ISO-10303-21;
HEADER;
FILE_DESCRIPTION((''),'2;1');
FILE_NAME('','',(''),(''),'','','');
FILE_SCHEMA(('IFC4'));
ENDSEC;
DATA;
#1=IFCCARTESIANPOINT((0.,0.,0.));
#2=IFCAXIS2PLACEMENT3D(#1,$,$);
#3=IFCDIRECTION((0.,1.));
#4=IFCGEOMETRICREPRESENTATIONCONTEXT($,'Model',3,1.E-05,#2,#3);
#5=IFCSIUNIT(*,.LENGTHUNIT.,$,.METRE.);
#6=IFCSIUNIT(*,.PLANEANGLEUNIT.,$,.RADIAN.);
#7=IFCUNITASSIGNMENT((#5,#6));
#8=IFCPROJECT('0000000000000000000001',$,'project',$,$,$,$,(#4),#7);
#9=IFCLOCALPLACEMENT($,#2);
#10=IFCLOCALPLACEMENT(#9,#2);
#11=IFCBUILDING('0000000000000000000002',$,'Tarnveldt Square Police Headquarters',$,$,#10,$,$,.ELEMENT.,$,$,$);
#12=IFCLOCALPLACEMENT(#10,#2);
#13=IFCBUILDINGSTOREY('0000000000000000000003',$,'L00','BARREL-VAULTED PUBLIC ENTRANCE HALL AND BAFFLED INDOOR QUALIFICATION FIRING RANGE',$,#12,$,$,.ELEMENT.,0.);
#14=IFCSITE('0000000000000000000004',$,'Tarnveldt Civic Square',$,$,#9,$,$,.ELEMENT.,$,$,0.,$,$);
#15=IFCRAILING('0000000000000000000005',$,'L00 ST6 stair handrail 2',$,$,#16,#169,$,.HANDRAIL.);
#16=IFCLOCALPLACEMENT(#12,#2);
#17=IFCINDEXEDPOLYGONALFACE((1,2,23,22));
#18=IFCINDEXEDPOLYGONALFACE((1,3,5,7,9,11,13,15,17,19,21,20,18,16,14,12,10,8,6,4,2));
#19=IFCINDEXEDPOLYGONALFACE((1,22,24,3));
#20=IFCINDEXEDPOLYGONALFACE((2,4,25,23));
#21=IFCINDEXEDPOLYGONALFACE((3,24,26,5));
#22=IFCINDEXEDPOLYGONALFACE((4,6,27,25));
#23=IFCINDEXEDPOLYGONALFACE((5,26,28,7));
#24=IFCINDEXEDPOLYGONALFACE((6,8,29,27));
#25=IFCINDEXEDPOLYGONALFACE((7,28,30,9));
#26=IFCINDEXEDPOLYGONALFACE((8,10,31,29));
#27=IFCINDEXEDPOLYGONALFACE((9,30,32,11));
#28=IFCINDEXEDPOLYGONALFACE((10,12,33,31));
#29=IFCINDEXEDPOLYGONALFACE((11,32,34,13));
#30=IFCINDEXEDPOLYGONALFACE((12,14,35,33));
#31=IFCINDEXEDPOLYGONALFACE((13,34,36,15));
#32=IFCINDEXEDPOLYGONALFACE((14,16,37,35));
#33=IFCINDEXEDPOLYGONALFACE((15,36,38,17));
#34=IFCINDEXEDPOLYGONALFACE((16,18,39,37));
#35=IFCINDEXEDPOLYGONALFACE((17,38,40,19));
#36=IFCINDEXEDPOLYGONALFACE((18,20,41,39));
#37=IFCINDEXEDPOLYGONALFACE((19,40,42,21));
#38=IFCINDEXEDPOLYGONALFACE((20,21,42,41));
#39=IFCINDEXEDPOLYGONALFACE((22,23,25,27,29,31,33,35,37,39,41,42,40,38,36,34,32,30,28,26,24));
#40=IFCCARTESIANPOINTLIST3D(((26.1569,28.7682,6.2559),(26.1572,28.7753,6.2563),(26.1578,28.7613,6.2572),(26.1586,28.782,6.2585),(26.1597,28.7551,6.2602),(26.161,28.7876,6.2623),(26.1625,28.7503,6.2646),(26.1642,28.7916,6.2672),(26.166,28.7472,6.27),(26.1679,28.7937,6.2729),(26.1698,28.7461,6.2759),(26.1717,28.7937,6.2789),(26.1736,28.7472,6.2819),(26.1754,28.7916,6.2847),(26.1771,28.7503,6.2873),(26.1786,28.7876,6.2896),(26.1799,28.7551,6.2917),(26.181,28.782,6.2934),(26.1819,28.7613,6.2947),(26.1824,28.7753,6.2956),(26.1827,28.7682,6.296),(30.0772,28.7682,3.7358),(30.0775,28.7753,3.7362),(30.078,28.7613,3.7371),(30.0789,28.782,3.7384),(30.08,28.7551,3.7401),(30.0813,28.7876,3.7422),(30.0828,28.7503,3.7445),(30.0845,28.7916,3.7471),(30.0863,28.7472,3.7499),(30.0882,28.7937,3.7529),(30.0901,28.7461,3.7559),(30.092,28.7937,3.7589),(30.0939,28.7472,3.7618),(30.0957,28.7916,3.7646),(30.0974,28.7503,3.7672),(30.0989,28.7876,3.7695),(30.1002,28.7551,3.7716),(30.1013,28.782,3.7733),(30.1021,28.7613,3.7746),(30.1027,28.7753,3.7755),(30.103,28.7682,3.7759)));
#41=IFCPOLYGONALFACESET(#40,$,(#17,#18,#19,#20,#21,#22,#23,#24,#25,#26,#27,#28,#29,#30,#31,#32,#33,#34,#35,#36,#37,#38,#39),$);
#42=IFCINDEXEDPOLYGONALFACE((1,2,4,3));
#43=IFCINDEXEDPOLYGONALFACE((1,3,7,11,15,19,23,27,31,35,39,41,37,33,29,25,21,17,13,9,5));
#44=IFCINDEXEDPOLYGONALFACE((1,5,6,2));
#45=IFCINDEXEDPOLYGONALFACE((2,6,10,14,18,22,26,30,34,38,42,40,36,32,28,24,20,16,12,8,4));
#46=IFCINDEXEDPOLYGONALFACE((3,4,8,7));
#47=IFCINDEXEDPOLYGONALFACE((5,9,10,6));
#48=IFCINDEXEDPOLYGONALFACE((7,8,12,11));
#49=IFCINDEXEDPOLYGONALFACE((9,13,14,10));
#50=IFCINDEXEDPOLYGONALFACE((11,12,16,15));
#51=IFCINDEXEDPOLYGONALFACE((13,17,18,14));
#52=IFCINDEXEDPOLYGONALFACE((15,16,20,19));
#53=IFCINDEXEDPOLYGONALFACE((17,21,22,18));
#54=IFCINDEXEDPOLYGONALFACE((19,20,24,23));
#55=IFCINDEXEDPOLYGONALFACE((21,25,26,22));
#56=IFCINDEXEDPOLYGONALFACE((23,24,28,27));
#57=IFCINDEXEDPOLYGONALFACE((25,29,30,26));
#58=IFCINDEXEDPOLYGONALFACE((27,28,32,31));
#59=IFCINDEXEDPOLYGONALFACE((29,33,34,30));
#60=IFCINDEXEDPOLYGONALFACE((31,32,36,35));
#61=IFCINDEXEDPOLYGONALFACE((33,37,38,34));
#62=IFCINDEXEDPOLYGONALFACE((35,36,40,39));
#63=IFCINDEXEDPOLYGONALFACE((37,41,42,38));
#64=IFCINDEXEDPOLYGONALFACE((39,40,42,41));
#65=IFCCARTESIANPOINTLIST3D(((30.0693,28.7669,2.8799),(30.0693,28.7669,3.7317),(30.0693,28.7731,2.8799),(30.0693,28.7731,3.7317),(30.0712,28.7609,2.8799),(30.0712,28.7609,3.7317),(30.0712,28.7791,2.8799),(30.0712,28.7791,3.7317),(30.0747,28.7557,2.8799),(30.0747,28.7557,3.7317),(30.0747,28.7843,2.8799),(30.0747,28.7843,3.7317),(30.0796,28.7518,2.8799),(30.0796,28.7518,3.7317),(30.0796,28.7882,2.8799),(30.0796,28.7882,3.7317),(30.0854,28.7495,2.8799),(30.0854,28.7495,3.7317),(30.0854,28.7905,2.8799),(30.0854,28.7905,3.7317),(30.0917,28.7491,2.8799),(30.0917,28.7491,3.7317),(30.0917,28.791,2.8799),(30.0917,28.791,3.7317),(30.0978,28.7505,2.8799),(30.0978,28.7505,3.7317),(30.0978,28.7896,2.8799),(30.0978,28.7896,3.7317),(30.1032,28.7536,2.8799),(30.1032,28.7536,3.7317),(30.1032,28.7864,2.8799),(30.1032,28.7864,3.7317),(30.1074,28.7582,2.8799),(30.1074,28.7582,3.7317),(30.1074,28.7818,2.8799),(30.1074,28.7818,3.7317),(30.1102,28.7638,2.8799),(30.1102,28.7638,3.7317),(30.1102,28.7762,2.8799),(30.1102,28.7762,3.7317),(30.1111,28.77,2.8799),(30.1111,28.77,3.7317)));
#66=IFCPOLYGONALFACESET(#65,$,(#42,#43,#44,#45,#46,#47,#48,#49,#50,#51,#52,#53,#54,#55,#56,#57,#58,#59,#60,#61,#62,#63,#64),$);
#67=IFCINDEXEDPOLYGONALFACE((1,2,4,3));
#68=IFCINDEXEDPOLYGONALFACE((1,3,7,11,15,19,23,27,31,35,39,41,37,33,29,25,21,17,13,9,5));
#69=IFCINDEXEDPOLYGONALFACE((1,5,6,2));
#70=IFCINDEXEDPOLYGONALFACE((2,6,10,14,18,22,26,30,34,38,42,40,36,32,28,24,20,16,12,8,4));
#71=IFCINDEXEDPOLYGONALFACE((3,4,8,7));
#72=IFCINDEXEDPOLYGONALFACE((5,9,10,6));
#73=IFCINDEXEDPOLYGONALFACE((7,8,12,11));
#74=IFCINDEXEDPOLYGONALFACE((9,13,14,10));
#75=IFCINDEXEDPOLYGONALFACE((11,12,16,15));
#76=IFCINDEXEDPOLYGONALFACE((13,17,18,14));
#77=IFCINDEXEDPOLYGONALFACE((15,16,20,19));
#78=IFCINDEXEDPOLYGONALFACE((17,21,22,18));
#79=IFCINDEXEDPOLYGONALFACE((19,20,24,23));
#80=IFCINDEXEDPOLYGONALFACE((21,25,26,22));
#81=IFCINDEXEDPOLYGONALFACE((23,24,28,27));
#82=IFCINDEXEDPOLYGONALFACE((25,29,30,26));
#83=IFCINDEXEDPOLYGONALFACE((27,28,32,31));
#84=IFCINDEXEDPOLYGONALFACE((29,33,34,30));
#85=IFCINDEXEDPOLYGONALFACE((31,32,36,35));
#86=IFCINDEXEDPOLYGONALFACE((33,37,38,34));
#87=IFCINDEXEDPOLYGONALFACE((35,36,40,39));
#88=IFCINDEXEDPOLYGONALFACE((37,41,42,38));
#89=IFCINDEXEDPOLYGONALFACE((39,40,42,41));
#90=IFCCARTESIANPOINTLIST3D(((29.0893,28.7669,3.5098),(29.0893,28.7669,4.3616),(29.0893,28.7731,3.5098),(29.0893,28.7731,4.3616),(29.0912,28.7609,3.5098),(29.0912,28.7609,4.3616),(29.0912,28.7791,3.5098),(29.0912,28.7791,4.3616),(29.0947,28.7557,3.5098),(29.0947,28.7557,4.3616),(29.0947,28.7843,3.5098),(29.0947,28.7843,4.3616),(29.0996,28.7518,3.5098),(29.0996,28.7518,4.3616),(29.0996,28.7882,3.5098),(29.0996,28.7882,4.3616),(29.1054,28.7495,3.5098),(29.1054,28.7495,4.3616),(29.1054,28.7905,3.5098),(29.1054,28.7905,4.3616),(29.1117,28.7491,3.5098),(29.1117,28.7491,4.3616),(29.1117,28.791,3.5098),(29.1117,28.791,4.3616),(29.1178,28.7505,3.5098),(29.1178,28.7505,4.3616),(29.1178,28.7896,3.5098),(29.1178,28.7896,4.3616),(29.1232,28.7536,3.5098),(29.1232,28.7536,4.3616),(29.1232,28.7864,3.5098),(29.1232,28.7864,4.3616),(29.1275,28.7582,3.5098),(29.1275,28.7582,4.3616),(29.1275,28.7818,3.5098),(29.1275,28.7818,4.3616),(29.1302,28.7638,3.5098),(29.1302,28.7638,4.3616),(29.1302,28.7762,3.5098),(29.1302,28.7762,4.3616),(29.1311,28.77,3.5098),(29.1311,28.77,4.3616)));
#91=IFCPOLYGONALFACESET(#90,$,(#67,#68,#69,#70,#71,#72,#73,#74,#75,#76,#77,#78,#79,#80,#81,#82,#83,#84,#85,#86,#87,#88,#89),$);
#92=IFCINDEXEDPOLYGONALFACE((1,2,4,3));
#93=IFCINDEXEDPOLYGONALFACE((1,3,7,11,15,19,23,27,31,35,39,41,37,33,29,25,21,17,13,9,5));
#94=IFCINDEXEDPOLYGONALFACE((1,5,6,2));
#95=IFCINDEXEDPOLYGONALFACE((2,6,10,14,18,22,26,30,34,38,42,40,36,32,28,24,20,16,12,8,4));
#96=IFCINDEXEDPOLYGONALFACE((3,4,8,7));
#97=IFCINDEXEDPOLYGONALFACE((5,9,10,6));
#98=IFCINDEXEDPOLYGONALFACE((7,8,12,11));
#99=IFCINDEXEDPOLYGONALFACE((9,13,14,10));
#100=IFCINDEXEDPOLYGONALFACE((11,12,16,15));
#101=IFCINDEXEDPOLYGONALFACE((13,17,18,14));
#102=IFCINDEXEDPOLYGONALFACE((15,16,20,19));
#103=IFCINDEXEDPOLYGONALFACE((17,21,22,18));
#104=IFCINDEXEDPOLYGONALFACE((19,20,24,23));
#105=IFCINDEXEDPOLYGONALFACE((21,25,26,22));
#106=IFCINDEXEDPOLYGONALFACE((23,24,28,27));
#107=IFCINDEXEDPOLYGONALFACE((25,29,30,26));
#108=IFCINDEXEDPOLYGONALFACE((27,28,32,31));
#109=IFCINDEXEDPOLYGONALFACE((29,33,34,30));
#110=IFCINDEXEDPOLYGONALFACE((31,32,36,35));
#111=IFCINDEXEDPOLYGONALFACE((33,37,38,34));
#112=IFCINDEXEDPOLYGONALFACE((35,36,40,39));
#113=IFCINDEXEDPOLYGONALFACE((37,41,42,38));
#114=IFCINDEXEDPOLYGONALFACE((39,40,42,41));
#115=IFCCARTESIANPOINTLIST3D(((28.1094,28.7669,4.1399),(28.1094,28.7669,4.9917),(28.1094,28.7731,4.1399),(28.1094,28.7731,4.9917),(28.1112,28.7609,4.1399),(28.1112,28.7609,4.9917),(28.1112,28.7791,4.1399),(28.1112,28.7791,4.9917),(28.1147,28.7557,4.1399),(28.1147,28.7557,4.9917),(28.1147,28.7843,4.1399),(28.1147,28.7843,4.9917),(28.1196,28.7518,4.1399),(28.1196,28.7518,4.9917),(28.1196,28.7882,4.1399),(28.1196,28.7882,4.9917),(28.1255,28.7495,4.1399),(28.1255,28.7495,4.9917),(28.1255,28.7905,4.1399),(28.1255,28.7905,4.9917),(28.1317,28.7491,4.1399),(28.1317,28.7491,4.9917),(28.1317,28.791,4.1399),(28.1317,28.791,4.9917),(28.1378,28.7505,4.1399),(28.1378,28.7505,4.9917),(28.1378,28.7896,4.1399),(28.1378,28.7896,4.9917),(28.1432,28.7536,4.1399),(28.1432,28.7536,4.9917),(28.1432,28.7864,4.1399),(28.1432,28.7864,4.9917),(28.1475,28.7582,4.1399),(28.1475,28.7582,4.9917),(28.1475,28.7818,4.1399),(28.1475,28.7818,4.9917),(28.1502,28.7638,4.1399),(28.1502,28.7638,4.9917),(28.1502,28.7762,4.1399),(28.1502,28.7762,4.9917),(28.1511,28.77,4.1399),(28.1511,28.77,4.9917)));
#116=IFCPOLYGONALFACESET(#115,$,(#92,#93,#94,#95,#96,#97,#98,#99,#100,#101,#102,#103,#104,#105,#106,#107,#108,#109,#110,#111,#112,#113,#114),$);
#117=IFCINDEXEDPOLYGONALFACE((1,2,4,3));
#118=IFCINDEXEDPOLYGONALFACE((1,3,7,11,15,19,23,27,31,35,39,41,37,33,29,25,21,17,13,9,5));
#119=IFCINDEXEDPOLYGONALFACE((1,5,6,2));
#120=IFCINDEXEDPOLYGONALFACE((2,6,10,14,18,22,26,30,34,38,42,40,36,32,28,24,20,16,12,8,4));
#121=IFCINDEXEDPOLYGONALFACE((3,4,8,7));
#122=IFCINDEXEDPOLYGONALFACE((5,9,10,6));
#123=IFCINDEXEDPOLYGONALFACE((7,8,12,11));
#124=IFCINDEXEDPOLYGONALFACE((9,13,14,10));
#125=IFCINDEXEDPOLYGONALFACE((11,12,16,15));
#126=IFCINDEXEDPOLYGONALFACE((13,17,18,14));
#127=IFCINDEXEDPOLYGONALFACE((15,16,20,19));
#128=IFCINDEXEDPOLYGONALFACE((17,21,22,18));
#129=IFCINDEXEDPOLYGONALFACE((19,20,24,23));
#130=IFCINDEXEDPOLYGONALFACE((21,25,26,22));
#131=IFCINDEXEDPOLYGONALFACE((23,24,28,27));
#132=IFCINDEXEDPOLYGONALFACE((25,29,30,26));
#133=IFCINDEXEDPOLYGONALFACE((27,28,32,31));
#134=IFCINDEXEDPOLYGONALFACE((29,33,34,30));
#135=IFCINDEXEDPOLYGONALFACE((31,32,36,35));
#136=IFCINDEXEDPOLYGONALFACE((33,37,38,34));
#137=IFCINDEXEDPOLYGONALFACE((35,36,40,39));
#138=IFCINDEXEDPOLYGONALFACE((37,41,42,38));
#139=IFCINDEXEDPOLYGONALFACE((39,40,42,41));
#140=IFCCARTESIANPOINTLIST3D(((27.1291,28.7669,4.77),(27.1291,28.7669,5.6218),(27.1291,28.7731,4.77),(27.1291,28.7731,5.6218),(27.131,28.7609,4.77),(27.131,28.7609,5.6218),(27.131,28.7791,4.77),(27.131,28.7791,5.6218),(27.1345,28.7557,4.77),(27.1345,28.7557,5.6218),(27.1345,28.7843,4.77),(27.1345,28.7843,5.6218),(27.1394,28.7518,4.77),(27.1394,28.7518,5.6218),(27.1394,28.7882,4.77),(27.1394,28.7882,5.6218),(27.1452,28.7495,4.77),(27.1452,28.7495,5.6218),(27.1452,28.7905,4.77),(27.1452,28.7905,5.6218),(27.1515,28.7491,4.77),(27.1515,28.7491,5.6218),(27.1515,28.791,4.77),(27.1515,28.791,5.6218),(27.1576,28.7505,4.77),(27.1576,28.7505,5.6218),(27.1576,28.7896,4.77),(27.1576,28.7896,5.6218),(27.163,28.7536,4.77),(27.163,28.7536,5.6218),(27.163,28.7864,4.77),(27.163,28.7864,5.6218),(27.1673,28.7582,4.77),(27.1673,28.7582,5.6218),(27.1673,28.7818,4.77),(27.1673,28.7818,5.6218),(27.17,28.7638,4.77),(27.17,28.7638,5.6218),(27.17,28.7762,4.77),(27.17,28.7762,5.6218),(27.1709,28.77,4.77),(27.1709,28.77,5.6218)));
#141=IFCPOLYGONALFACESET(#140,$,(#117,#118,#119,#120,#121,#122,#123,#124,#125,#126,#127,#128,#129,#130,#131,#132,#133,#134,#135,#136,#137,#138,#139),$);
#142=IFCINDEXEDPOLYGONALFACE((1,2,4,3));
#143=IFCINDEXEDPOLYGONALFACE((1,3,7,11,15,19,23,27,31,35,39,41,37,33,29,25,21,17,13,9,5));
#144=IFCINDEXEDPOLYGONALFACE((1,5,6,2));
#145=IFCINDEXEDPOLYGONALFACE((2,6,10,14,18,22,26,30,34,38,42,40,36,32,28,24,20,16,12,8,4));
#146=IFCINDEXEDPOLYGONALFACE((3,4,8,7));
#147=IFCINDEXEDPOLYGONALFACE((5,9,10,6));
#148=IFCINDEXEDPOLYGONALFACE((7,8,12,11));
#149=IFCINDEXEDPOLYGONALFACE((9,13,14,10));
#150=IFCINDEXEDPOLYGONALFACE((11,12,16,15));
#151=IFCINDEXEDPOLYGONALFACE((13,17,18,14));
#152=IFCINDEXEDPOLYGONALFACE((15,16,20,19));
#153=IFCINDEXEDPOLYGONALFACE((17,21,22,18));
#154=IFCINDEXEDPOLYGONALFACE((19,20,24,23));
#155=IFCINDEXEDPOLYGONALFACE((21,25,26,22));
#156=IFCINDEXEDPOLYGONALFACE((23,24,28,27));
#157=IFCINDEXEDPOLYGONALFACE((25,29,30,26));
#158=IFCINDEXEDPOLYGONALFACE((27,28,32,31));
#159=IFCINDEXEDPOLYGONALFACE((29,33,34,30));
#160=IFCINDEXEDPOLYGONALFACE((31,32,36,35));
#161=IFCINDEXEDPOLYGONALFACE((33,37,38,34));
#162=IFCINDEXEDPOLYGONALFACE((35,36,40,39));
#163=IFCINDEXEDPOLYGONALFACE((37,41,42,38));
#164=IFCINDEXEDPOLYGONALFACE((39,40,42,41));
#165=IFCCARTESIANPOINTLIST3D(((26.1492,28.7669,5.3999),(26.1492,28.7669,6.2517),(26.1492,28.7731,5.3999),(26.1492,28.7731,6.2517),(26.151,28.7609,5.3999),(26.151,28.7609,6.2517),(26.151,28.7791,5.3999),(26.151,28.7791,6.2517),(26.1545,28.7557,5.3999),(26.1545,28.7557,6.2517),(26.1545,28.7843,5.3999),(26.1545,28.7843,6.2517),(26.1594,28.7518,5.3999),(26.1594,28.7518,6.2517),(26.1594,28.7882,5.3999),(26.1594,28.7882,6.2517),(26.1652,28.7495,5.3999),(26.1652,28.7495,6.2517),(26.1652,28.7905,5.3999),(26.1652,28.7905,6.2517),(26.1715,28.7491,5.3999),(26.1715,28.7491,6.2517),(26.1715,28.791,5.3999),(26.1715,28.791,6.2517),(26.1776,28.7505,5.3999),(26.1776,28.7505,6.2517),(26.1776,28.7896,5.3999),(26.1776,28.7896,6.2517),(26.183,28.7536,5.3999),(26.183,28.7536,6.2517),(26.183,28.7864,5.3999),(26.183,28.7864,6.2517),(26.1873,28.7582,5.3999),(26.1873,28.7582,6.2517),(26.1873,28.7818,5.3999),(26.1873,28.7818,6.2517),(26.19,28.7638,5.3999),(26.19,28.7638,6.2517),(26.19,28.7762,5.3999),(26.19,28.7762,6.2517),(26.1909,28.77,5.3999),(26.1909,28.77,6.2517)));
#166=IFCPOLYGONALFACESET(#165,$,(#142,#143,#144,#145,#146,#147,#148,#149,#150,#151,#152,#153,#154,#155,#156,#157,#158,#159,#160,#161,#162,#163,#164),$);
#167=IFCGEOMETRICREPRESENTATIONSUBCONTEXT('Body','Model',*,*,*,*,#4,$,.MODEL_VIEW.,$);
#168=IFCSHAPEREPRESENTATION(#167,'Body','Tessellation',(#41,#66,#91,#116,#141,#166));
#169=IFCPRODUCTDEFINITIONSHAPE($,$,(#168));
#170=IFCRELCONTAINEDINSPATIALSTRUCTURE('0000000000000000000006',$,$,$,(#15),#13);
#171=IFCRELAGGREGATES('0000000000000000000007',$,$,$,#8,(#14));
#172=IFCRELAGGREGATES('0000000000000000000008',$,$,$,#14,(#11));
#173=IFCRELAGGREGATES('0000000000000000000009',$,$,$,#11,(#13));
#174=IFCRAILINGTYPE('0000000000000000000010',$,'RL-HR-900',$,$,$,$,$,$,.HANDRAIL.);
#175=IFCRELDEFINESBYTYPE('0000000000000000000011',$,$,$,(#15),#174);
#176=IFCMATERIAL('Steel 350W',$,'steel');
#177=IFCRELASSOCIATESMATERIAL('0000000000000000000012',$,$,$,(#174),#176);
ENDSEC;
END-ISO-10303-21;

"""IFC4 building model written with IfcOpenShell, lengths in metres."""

from ifc_helpers import new_model, si_unit, direction, frame, origin, origin_2d, place, context, subcontext, project, spatial, circle, extrude, material, type_object, element, save


model = new_model("IFC4")

# Units and contexts
model_context = context("Model", 3, precision=1e-05, world=origin(), true_north=direction((0.0, 1.0)))
body_context = subcontext(model_context, "Body", "Model", "MODEL_VIEW")
ifc_project = project(units=[si_unit("LENGTHUNIT", "METRE"), si_unit("PLANEANGLEUNIT", "RADIAN")], contexts=[model_context])

# Site, building, storey
site_placement = place(None, origin())
site = spatial("IfcSite", under=ifc_project, at=site_placement, Name="Tarnveldt Civic Square", CompositionType="ELEMENT", RefElevation=0.0)
building_placement = place(site_placement, origin())
building = spatial("IfcBuilding", under=site, at=building_placement, Name="Tarnveldt Square Police Headquarters", CompositionType="ELEMENT")
storey_placement = place(building_placement, origin())
storey = spatial("IfcBuildingStorey", under=building, at=storey_placement, Name="L00", Description="BARREL-VAULTED PUBLIC ENTRANCE HALL AND BAFFLED INDOOR QUALIFICATION FIRING RANGE", CompositionType="ELEMENT", Elevation=0.0)

# Shared definitions
ifc_material_1 = material(Name="Steel 350W", Category="steel")

# Railing
railing_type_1 = type_object("IfcRailingType", Name="RL-HR-900", PredefinedType="HANDRAIL", material=ifc_material_1)
railing_1_placement = place(storey_placement, frame((30.0901, 28.77, 2.8799)))
element("IfcRailing", 1, at=railing_1_placement, inside=storey, type_object=railing_type_1, Name="L00 ST6 stair handrail 2", PredefinedType="HANDRAIL", context=body_context, shape_type="SweptSolid", body=[
    extrude(circle(Radius=0.0239, at=origin_2d()), frame((0.0, 0.0, 0.876), z_axis=(-0.841187, 0.0, 0.540744), x_axis=(0.0, -1.0, 0.0)), (0.0, 0.0, 1.0), 4.6604),
    extrude(circle(Radius=0.021, at=origin_2d()), origin(), (0.0, 0.0, 1.0), 0.8518),
    extrude(circle(Radius=0.021, at=origin_2d()), frame((-0.98, 0.0, 0.6299)), (0.0, 0.0, 1.0), 0.8518),
    extrude(circle(Radius=0.021, at=origin_2d()), frame((-1.96, 0.0, 1.26)), (0.0, 0.0, 1.0), 0.8518),
    extrude(circle(Radius=0.021, at=origin_2d()), frame((-2.9402, 0.0, 1.8901)), (0.0, 0.0, 1.0), 0.8518),
    extrude(circle(Radius=0.021, at=origin_2d()), frame((-3.9202, 0.0, 2.52)), (0.0, 0.0, 1.0), 0.8518),
])

save(model, "model.ifc")
